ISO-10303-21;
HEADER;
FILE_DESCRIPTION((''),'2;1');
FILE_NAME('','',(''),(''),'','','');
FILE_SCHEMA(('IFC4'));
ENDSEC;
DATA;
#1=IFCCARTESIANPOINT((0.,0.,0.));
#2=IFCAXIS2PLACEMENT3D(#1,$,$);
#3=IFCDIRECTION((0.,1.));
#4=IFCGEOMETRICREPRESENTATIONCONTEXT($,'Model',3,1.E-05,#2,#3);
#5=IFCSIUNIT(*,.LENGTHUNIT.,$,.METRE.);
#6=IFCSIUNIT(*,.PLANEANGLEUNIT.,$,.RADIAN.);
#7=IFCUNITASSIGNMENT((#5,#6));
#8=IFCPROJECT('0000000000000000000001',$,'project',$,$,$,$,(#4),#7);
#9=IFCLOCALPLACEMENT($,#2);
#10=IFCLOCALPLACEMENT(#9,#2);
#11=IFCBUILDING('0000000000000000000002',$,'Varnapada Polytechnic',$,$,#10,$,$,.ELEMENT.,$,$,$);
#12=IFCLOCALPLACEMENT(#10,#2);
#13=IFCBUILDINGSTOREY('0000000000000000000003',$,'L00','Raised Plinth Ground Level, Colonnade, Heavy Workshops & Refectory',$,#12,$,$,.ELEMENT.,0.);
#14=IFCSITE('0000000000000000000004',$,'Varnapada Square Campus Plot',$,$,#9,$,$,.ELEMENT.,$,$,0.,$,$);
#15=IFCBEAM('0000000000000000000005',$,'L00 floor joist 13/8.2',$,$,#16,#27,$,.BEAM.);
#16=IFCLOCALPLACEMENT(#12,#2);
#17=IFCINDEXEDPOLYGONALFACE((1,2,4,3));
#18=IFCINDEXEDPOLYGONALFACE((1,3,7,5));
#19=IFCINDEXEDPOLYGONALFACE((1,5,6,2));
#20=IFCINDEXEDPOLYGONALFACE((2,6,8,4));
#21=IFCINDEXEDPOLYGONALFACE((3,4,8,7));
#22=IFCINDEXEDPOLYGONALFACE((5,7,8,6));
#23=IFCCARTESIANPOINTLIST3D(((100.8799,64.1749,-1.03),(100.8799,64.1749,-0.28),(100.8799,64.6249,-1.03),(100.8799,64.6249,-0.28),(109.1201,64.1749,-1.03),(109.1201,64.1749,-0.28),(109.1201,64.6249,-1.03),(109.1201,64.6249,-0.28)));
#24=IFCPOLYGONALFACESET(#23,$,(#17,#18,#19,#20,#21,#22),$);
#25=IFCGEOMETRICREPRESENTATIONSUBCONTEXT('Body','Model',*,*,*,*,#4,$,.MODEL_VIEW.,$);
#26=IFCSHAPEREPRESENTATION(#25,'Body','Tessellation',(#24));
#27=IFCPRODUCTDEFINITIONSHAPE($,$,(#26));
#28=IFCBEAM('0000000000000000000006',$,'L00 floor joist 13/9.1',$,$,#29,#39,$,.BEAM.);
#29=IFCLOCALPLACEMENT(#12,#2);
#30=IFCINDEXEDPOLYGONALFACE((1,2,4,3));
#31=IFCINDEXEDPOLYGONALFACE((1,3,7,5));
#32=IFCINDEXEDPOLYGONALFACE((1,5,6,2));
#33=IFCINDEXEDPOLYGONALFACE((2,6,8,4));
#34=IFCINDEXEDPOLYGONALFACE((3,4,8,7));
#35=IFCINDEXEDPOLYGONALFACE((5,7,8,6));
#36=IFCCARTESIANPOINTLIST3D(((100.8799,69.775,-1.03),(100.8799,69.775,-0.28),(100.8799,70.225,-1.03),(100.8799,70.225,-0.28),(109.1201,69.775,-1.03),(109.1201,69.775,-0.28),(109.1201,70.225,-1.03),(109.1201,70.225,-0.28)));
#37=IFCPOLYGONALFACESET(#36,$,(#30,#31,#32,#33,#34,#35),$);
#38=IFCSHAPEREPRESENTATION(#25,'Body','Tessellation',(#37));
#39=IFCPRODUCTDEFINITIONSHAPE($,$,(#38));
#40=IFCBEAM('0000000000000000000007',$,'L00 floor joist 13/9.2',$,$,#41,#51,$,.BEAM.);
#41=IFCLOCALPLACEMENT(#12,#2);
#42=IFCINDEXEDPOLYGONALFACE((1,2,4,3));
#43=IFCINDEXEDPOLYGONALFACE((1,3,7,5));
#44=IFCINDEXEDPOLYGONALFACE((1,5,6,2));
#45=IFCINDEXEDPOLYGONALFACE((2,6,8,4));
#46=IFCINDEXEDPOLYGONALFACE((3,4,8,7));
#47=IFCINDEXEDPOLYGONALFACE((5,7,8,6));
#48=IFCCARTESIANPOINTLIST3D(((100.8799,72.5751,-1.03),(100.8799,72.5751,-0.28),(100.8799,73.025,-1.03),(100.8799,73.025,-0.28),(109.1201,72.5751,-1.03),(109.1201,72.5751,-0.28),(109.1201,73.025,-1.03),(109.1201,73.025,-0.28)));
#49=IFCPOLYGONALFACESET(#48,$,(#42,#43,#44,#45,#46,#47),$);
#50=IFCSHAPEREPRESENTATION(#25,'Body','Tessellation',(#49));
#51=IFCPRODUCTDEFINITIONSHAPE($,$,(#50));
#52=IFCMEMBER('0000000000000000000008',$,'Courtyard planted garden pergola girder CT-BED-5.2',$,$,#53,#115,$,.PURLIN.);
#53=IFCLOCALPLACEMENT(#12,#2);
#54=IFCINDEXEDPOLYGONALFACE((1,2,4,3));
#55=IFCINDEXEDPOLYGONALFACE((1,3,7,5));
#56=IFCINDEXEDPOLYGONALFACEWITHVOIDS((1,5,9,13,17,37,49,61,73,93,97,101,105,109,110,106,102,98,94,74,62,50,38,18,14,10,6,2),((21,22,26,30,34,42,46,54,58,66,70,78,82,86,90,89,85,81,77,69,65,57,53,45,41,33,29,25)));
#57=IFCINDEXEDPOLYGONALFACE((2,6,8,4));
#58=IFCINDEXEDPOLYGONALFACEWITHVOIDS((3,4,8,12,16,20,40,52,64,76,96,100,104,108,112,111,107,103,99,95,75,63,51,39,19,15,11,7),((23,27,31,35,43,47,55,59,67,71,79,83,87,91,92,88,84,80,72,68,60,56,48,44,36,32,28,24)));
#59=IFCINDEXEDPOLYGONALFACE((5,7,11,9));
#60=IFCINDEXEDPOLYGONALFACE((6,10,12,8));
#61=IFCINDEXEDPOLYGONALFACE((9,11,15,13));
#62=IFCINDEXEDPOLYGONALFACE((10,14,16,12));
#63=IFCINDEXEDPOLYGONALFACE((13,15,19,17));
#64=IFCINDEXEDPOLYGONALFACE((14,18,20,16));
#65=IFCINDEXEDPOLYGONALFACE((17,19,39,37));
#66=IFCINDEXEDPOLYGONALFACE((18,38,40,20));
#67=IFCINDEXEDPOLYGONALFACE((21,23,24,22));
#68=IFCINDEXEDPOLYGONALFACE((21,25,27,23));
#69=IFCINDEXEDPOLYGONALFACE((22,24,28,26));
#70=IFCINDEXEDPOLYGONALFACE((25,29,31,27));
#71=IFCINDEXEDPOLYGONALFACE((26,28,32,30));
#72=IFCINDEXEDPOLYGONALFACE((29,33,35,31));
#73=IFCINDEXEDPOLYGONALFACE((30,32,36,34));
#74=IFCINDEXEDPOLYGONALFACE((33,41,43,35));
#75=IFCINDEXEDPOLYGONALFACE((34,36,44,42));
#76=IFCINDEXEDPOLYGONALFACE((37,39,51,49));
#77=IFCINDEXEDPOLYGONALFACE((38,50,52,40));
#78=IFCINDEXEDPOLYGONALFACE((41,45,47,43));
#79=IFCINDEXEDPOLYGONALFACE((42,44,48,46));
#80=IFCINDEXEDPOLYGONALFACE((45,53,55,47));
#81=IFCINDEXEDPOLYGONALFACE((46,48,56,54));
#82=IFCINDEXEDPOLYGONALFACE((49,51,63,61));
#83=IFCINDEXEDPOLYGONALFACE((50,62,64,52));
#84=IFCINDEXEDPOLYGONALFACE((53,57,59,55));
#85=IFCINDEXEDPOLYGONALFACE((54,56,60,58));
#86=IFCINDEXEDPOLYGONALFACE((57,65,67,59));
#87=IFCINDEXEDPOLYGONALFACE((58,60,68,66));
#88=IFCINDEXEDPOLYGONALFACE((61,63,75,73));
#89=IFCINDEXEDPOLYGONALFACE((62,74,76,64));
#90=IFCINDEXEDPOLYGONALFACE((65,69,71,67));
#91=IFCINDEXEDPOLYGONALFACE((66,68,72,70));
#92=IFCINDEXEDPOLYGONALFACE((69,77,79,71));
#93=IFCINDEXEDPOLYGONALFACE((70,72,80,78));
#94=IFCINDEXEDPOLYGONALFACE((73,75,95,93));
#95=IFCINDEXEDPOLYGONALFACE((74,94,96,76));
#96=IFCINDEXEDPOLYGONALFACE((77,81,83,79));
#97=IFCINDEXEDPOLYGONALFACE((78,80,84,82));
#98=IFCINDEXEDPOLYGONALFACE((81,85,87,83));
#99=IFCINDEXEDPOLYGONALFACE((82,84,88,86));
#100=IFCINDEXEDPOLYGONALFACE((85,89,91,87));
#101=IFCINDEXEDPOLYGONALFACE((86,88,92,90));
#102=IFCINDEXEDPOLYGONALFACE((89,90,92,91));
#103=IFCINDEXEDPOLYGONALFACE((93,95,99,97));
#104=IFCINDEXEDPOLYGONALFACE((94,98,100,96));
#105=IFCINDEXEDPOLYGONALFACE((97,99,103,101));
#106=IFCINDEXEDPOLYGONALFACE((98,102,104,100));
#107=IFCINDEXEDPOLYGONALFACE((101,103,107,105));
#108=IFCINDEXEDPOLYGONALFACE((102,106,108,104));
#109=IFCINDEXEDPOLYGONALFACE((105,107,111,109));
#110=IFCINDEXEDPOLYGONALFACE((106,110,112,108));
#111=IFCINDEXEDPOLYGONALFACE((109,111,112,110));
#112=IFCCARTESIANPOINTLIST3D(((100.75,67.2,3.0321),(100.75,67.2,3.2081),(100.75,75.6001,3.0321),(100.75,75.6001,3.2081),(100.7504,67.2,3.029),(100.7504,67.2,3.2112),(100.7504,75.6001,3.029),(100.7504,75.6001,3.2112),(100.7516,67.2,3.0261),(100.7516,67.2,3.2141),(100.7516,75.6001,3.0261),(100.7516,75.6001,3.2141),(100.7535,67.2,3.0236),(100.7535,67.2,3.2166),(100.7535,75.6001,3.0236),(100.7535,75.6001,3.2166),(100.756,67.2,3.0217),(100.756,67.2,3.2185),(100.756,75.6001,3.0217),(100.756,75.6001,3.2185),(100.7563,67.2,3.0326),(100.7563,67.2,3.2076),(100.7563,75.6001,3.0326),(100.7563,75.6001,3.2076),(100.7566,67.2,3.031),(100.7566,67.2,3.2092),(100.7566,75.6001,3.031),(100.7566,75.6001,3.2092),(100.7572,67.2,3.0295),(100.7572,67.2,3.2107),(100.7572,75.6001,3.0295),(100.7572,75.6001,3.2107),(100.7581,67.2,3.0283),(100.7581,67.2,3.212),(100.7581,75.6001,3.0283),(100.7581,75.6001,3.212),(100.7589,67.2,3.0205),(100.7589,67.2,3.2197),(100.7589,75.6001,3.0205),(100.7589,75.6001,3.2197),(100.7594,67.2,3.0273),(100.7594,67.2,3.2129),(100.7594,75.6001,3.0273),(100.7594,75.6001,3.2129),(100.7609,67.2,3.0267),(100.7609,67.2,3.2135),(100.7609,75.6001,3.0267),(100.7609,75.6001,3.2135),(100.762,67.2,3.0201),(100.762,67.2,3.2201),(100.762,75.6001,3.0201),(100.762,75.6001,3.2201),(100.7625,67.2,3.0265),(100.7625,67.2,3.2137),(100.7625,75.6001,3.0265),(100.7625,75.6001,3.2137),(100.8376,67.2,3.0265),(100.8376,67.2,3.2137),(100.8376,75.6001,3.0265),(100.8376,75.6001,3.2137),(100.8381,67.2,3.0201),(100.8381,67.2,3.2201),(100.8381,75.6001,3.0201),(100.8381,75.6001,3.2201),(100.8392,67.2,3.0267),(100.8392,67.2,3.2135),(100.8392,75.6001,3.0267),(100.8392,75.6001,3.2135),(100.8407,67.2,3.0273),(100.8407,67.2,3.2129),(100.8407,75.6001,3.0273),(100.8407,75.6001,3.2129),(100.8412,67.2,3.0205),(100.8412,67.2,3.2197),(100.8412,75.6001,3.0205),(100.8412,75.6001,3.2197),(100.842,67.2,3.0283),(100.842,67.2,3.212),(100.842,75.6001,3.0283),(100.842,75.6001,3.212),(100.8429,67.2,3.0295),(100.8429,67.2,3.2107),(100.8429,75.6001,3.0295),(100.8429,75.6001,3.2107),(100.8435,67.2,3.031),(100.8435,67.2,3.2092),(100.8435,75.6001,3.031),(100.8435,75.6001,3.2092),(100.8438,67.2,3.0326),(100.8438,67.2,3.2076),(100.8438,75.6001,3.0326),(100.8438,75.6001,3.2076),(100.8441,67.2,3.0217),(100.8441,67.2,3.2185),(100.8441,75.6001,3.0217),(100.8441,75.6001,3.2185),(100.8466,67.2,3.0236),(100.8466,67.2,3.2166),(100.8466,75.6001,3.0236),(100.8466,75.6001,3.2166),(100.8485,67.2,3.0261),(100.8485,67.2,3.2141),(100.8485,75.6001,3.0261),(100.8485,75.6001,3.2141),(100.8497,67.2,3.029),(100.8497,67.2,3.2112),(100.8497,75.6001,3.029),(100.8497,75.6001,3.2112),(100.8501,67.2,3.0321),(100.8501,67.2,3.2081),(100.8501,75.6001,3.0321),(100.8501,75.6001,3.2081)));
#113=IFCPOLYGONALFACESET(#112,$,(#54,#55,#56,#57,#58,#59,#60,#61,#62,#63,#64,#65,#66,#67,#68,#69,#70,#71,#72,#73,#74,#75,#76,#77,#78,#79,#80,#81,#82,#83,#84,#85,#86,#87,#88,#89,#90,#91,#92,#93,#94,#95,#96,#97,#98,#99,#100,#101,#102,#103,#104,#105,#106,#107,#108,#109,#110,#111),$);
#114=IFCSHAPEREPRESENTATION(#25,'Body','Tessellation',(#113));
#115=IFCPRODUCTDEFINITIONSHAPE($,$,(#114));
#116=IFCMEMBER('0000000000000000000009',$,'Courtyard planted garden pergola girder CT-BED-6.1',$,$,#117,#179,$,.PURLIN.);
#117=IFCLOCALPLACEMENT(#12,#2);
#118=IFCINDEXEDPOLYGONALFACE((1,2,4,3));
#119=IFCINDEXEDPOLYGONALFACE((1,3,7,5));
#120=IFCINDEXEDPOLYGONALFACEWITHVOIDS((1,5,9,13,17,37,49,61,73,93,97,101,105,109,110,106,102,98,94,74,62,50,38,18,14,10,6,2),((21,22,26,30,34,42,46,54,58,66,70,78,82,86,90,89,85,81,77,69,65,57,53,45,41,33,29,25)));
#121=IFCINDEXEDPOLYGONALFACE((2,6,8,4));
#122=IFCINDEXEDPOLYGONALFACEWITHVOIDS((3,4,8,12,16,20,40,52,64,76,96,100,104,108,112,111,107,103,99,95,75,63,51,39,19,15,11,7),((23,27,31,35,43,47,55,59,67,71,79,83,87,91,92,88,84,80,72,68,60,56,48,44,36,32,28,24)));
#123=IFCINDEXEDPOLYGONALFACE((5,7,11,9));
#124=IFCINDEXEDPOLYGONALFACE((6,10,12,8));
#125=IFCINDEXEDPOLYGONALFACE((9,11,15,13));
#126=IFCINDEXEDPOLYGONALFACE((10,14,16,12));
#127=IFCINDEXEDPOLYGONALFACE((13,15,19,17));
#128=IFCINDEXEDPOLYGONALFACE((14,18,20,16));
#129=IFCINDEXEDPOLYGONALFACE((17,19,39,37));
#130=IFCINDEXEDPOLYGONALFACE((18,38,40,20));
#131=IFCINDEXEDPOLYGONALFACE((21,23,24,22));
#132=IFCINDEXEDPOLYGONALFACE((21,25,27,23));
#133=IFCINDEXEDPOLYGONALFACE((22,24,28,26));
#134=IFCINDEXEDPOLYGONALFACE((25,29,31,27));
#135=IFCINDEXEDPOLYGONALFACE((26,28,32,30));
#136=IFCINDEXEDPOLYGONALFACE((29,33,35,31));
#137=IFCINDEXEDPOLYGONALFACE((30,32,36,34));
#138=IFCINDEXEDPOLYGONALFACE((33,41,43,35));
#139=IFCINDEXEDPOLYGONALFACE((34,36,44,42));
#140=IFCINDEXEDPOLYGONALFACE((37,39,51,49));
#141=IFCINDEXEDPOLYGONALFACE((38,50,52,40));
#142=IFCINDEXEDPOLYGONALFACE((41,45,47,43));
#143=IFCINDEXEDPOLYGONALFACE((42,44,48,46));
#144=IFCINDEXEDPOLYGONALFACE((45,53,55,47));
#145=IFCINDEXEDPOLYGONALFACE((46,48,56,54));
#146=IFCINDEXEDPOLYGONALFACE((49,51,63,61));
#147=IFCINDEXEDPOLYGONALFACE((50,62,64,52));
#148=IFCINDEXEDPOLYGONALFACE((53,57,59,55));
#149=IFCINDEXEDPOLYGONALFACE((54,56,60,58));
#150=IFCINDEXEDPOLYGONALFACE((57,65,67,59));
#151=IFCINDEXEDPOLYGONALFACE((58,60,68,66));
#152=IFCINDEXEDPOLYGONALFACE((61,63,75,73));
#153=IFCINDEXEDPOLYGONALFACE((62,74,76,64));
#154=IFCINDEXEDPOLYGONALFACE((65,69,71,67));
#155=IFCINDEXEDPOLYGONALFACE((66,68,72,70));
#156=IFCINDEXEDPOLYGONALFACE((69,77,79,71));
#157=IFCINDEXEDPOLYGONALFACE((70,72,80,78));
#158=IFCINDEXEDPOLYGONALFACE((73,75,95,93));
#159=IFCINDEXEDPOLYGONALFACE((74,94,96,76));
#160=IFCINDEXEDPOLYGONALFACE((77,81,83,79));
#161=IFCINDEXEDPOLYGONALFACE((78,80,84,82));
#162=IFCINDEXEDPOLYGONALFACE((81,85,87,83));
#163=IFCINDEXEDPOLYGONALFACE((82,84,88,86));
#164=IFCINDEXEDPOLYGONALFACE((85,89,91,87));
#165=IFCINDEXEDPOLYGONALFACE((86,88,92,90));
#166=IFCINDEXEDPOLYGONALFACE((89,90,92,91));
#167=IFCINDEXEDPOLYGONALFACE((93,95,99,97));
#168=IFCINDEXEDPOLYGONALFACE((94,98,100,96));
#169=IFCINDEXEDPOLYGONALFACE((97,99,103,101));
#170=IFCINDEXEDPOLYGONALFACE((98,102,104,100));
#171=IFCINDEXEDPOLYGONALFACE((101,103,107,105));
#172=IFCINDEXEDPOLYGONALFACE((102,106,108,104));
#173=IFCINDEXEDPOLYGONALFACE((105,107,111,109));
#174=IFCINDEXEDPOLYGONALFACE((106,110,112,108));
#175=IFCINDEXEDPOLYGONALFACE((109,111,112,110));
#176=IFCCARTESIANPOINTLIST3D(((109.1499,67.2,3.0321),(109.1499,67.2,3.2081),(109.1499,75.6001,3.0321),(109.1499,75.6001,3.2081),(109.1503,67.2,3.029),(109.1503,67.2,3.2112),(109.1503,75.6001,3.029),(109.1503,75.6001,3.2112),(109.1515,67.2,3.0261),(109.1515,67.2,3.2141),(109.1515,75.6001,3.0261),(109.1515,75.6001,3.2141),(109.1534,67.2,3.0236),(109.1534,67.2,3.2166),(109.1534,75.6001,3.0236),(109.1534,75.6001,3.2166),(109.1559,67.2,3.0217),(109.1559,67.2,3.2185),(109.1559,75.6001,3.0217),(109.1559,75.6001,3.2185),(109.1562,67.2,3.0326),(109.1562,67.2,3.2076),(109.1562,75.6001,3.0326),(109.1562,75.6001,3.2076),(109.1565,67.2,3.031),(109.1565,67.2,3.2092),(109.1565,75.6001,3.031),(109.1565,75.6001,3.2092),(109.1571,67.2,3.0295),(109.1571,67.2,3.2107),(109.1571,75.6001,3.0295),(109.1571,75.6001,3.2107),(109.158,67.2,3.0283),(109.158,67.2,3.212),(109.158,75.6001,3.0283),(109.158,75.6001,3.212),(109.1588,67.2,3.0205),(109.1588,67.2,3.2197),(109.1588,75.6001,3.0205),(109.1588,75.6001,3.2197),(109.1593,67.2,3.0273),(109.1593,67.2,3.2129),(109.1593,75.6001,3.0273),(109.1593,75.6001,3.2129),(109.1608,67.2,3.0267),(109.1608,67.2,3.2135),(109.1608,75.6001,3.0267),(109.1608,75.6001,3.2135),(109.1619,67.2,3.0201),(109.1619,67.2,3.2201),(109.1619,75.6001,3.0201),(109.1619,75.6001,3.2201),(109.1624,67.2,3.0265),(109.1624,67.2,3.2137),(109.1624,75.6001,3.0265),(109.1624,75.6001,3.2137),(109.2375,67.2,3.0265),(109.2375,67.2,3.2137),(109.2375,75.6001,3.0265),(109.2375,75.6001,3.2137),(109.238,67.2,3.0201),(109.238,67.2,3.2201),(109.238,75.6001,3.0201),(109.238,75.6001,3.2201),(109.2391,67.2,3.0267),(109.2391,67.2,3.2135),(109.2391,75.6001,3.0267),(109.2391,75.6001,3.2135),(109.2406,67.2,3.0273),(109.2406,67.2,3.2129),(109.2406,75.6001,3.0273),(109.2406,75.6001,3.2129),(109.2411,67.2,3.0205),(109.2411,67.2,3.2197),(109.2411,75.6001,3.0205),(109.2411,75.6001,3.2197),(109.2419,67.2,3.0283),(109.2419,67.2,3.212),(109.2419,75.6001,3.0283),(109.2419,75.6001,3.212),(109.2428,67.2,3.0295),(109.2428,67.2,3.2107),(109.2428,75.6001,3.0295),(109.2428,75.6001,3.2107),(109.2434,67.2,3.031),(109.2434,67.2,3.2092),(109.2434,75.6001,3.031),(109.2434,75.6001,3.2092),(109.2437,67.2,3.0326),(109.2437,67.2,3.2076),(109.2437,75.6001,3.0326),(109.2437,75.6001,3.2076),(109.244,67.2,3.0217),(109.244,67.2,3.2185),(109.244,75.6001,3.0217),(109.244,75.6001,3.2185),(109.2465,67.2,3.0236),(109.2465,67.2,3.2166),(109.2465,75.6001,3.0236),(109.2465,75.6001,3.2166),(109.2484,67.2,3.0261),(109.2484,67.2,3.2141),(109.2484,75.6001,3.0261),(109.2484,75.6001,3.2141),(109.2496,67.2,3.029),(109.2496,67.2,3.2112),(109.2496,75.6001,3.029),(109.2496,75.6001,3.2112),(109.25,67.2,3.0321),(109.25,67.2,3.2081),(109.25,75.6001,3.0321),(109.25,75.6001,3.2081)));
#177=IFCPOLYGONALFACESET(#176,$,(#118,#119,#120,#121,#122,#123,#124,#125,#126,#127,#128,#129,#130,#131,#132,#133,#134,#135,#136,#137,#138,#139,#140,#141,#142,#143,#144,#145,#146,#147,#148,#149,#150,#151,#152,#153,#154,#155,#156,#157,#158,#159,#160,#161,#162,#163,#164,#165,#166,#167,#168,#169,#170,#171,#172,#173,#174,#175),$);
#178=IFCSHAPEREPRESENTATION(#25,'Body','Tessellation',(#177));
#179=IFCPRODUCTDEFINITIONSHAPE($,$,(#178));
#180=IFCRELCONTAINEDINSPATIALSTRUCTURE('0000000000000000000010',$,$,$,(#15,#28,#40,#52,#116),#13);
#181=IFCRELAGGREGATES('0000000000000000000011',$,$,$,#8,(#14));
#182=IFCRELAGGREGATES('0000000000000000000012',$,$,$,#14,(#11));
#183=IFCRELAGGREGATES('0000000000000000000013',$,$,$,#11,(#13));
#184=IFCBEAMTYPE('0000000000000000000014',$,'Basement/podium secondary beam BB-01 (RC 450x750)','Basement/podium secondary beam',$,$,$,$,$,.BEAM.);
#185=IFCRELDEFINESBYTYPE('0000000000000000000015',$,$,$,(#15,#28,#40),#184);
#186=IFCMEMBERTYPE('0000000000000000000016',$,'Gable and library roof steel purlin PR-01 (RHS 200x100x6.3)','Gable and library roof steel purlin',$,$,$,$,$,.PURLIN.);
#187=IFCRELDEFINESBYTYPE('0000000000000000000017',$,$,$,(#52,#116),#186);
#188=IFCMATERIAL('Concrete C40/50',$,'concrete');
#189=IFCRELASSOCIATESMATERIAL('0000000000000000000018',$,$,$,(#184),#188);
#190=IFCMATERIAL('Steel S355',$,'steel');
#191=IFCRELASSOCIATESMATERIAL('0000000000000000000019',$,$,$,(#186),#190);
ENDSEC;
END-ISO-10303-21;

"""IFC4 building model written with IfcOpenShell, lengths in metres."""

from ifc_helpers import new_model, si_unit, direction, frame, origin, origin_2d, place, context, subcontext, project, spatial, rectangle, hollow_rectangle, extrude, material, material_profile, profile_set, type_object, element, save


model = new_model("IFC4")

# Units and contexts
model_context = context("Model", 3, precision=1e-05, world=origin(), true_north=direction((0.0, 1.0)))
body_context = subcontext(model_context, "Body", "Model", "MODEL_VIEW")
ifc_project = project(units=[si_unit("LENGTHUNIT", "METRE"), si_unit("PLANEANGLEUNIT", "RADIAN")], contexts=[model_context])

# Site, building, storey
site_placement = place(None, origin())
site = spatial("IfcSite", under=ifc_project, at=site_placement, Name="Varnapada Square Campus Plot", CompositionType="ELEMENT", RefElevation=0.0)
building_placement = place(site_placement, origin())
building = spatial("IfcBuilding", under=site, at=building_placement, Name="Varnapada Polytechnic", CompositionType="ELEMENT")
storey_placement = place(building_placement, origin())
storey = spatial("IfcBuildingStorey", under=building, at=storey_placement, Name="L00", Description="Raised Plinth Ground Level, Colonnade, Heavy Workshops & Refectory", CompositionType="ELEMENT", Elevation=0.0)

# Beams
ifc_material_1 = material(Name="Concrete C40/50", Category="concrete")
ifc_material_profile_1 = material_profile(ifc_material_1, rectangle(XDim=0.45, YDim=0.75, at=origin_2d()), Name="RC 450x750")
ifc_profile_set_1 = profile_set([ifc_material_profile_1], Name="Concrete C40/50")
beam_type_1 = type_object("IfcBeamType", Name="Basement/podium secondary beam BB-01 (RC 450x750)", Description="Basement/podium secondary beam", PredefinedType="BEAM", material=ifc_profile_set_1)
for number, where, z_axis, x_axis, name in (
    (1, (100.8799, 64.3999, -0.655), (1.0, 0.0, 0.0), (0.0, 1.0, 0.0), "L00 floor joist 13/8.2"),
    (2, (100.8799, 70.0, -0.655), (1.0, 0.0, 0.0), (0.0, 1.0, 0.0), "L00 floor joist 13/9.1"),
    (3, (100.8799, 72.8, -0.655), (1.0, 0.0, 0.0), (0.0, 1.0, 0.0), "L00 floor joist 13/9.2"),
):
    element("IfcBeam", number, at=place(storey_placement, frame(where, z_axis=z_axis, x_axis=x_axis)), inside=storey, type_object=beam_type_1, Name=name, PredefinedType="BEAM", context=body_context, shape_type="SweptSolid", body=[
        extrude(rectangle(XDim=0.45, YDim=0.75, at=origin_2d()), origin(), (0.0, 0.0, 1.0), 8.2402),
    ])

# Members
ifc_material_2 = material(Name="Steel S355", Category="steel")
ifc_material_profile_2 = material_profile(ifc_material_2, hollow_rectangle(XDim=0.1001, YDim=0.2, WallThickness=0.0063, InnerFilletRadius=0.0061, OuterFilletRadius=0.012, at=origin_2d()), Name="RHS 200x100x6.3")
ifc_profile_set_2 = profile_set([ifc_material_profile_2], Name="Steel S355")
member_type_1 = type_object("IfcMemberType", Name="Gable and library roof steel purlin PR-01 (RHS 200x100x6.3)", Description="Gable and library roof steel purlin", PredefinedType="PURLIN", material=ifc_profile_set_2)
for number, where, z_axis, x_axis, name in (
    (4, (100.8, 67.2, 3.1201), (0.0, 1.0, 0.0), (-1.0, 0.0, 0.0), "Courtyard planted garden pergola girder CT-BED-5.2"),
    (5, (109.2, 67.2, 3.1201), (0.0, 1.0, 0.0), (-1.0, 0.0, 0.0), "Courtyard planted garden pergola girder CT-BED-6.1"),
):
    element("IfcMember", number, at=place(storey_placement, frame(where, z_axis=z_axis, x_axis=x_axis)), inside=storey, type_object=member_type_1, Name=name, PredefinedType="PURLIN", context=body_context, shape_type="SweptSolid", body=[
        extrude(hollow_rectangle(XDim=0.1001, YDim=0.2, WallThickness=0.0063, InnerFilletRadius=0.0061, OuterFilletRadius=0.012, at=origin_2d()), origin(), (0.0, 0.0, 1.0), 8.4001),
    ])

save(model, "model.ifc")
